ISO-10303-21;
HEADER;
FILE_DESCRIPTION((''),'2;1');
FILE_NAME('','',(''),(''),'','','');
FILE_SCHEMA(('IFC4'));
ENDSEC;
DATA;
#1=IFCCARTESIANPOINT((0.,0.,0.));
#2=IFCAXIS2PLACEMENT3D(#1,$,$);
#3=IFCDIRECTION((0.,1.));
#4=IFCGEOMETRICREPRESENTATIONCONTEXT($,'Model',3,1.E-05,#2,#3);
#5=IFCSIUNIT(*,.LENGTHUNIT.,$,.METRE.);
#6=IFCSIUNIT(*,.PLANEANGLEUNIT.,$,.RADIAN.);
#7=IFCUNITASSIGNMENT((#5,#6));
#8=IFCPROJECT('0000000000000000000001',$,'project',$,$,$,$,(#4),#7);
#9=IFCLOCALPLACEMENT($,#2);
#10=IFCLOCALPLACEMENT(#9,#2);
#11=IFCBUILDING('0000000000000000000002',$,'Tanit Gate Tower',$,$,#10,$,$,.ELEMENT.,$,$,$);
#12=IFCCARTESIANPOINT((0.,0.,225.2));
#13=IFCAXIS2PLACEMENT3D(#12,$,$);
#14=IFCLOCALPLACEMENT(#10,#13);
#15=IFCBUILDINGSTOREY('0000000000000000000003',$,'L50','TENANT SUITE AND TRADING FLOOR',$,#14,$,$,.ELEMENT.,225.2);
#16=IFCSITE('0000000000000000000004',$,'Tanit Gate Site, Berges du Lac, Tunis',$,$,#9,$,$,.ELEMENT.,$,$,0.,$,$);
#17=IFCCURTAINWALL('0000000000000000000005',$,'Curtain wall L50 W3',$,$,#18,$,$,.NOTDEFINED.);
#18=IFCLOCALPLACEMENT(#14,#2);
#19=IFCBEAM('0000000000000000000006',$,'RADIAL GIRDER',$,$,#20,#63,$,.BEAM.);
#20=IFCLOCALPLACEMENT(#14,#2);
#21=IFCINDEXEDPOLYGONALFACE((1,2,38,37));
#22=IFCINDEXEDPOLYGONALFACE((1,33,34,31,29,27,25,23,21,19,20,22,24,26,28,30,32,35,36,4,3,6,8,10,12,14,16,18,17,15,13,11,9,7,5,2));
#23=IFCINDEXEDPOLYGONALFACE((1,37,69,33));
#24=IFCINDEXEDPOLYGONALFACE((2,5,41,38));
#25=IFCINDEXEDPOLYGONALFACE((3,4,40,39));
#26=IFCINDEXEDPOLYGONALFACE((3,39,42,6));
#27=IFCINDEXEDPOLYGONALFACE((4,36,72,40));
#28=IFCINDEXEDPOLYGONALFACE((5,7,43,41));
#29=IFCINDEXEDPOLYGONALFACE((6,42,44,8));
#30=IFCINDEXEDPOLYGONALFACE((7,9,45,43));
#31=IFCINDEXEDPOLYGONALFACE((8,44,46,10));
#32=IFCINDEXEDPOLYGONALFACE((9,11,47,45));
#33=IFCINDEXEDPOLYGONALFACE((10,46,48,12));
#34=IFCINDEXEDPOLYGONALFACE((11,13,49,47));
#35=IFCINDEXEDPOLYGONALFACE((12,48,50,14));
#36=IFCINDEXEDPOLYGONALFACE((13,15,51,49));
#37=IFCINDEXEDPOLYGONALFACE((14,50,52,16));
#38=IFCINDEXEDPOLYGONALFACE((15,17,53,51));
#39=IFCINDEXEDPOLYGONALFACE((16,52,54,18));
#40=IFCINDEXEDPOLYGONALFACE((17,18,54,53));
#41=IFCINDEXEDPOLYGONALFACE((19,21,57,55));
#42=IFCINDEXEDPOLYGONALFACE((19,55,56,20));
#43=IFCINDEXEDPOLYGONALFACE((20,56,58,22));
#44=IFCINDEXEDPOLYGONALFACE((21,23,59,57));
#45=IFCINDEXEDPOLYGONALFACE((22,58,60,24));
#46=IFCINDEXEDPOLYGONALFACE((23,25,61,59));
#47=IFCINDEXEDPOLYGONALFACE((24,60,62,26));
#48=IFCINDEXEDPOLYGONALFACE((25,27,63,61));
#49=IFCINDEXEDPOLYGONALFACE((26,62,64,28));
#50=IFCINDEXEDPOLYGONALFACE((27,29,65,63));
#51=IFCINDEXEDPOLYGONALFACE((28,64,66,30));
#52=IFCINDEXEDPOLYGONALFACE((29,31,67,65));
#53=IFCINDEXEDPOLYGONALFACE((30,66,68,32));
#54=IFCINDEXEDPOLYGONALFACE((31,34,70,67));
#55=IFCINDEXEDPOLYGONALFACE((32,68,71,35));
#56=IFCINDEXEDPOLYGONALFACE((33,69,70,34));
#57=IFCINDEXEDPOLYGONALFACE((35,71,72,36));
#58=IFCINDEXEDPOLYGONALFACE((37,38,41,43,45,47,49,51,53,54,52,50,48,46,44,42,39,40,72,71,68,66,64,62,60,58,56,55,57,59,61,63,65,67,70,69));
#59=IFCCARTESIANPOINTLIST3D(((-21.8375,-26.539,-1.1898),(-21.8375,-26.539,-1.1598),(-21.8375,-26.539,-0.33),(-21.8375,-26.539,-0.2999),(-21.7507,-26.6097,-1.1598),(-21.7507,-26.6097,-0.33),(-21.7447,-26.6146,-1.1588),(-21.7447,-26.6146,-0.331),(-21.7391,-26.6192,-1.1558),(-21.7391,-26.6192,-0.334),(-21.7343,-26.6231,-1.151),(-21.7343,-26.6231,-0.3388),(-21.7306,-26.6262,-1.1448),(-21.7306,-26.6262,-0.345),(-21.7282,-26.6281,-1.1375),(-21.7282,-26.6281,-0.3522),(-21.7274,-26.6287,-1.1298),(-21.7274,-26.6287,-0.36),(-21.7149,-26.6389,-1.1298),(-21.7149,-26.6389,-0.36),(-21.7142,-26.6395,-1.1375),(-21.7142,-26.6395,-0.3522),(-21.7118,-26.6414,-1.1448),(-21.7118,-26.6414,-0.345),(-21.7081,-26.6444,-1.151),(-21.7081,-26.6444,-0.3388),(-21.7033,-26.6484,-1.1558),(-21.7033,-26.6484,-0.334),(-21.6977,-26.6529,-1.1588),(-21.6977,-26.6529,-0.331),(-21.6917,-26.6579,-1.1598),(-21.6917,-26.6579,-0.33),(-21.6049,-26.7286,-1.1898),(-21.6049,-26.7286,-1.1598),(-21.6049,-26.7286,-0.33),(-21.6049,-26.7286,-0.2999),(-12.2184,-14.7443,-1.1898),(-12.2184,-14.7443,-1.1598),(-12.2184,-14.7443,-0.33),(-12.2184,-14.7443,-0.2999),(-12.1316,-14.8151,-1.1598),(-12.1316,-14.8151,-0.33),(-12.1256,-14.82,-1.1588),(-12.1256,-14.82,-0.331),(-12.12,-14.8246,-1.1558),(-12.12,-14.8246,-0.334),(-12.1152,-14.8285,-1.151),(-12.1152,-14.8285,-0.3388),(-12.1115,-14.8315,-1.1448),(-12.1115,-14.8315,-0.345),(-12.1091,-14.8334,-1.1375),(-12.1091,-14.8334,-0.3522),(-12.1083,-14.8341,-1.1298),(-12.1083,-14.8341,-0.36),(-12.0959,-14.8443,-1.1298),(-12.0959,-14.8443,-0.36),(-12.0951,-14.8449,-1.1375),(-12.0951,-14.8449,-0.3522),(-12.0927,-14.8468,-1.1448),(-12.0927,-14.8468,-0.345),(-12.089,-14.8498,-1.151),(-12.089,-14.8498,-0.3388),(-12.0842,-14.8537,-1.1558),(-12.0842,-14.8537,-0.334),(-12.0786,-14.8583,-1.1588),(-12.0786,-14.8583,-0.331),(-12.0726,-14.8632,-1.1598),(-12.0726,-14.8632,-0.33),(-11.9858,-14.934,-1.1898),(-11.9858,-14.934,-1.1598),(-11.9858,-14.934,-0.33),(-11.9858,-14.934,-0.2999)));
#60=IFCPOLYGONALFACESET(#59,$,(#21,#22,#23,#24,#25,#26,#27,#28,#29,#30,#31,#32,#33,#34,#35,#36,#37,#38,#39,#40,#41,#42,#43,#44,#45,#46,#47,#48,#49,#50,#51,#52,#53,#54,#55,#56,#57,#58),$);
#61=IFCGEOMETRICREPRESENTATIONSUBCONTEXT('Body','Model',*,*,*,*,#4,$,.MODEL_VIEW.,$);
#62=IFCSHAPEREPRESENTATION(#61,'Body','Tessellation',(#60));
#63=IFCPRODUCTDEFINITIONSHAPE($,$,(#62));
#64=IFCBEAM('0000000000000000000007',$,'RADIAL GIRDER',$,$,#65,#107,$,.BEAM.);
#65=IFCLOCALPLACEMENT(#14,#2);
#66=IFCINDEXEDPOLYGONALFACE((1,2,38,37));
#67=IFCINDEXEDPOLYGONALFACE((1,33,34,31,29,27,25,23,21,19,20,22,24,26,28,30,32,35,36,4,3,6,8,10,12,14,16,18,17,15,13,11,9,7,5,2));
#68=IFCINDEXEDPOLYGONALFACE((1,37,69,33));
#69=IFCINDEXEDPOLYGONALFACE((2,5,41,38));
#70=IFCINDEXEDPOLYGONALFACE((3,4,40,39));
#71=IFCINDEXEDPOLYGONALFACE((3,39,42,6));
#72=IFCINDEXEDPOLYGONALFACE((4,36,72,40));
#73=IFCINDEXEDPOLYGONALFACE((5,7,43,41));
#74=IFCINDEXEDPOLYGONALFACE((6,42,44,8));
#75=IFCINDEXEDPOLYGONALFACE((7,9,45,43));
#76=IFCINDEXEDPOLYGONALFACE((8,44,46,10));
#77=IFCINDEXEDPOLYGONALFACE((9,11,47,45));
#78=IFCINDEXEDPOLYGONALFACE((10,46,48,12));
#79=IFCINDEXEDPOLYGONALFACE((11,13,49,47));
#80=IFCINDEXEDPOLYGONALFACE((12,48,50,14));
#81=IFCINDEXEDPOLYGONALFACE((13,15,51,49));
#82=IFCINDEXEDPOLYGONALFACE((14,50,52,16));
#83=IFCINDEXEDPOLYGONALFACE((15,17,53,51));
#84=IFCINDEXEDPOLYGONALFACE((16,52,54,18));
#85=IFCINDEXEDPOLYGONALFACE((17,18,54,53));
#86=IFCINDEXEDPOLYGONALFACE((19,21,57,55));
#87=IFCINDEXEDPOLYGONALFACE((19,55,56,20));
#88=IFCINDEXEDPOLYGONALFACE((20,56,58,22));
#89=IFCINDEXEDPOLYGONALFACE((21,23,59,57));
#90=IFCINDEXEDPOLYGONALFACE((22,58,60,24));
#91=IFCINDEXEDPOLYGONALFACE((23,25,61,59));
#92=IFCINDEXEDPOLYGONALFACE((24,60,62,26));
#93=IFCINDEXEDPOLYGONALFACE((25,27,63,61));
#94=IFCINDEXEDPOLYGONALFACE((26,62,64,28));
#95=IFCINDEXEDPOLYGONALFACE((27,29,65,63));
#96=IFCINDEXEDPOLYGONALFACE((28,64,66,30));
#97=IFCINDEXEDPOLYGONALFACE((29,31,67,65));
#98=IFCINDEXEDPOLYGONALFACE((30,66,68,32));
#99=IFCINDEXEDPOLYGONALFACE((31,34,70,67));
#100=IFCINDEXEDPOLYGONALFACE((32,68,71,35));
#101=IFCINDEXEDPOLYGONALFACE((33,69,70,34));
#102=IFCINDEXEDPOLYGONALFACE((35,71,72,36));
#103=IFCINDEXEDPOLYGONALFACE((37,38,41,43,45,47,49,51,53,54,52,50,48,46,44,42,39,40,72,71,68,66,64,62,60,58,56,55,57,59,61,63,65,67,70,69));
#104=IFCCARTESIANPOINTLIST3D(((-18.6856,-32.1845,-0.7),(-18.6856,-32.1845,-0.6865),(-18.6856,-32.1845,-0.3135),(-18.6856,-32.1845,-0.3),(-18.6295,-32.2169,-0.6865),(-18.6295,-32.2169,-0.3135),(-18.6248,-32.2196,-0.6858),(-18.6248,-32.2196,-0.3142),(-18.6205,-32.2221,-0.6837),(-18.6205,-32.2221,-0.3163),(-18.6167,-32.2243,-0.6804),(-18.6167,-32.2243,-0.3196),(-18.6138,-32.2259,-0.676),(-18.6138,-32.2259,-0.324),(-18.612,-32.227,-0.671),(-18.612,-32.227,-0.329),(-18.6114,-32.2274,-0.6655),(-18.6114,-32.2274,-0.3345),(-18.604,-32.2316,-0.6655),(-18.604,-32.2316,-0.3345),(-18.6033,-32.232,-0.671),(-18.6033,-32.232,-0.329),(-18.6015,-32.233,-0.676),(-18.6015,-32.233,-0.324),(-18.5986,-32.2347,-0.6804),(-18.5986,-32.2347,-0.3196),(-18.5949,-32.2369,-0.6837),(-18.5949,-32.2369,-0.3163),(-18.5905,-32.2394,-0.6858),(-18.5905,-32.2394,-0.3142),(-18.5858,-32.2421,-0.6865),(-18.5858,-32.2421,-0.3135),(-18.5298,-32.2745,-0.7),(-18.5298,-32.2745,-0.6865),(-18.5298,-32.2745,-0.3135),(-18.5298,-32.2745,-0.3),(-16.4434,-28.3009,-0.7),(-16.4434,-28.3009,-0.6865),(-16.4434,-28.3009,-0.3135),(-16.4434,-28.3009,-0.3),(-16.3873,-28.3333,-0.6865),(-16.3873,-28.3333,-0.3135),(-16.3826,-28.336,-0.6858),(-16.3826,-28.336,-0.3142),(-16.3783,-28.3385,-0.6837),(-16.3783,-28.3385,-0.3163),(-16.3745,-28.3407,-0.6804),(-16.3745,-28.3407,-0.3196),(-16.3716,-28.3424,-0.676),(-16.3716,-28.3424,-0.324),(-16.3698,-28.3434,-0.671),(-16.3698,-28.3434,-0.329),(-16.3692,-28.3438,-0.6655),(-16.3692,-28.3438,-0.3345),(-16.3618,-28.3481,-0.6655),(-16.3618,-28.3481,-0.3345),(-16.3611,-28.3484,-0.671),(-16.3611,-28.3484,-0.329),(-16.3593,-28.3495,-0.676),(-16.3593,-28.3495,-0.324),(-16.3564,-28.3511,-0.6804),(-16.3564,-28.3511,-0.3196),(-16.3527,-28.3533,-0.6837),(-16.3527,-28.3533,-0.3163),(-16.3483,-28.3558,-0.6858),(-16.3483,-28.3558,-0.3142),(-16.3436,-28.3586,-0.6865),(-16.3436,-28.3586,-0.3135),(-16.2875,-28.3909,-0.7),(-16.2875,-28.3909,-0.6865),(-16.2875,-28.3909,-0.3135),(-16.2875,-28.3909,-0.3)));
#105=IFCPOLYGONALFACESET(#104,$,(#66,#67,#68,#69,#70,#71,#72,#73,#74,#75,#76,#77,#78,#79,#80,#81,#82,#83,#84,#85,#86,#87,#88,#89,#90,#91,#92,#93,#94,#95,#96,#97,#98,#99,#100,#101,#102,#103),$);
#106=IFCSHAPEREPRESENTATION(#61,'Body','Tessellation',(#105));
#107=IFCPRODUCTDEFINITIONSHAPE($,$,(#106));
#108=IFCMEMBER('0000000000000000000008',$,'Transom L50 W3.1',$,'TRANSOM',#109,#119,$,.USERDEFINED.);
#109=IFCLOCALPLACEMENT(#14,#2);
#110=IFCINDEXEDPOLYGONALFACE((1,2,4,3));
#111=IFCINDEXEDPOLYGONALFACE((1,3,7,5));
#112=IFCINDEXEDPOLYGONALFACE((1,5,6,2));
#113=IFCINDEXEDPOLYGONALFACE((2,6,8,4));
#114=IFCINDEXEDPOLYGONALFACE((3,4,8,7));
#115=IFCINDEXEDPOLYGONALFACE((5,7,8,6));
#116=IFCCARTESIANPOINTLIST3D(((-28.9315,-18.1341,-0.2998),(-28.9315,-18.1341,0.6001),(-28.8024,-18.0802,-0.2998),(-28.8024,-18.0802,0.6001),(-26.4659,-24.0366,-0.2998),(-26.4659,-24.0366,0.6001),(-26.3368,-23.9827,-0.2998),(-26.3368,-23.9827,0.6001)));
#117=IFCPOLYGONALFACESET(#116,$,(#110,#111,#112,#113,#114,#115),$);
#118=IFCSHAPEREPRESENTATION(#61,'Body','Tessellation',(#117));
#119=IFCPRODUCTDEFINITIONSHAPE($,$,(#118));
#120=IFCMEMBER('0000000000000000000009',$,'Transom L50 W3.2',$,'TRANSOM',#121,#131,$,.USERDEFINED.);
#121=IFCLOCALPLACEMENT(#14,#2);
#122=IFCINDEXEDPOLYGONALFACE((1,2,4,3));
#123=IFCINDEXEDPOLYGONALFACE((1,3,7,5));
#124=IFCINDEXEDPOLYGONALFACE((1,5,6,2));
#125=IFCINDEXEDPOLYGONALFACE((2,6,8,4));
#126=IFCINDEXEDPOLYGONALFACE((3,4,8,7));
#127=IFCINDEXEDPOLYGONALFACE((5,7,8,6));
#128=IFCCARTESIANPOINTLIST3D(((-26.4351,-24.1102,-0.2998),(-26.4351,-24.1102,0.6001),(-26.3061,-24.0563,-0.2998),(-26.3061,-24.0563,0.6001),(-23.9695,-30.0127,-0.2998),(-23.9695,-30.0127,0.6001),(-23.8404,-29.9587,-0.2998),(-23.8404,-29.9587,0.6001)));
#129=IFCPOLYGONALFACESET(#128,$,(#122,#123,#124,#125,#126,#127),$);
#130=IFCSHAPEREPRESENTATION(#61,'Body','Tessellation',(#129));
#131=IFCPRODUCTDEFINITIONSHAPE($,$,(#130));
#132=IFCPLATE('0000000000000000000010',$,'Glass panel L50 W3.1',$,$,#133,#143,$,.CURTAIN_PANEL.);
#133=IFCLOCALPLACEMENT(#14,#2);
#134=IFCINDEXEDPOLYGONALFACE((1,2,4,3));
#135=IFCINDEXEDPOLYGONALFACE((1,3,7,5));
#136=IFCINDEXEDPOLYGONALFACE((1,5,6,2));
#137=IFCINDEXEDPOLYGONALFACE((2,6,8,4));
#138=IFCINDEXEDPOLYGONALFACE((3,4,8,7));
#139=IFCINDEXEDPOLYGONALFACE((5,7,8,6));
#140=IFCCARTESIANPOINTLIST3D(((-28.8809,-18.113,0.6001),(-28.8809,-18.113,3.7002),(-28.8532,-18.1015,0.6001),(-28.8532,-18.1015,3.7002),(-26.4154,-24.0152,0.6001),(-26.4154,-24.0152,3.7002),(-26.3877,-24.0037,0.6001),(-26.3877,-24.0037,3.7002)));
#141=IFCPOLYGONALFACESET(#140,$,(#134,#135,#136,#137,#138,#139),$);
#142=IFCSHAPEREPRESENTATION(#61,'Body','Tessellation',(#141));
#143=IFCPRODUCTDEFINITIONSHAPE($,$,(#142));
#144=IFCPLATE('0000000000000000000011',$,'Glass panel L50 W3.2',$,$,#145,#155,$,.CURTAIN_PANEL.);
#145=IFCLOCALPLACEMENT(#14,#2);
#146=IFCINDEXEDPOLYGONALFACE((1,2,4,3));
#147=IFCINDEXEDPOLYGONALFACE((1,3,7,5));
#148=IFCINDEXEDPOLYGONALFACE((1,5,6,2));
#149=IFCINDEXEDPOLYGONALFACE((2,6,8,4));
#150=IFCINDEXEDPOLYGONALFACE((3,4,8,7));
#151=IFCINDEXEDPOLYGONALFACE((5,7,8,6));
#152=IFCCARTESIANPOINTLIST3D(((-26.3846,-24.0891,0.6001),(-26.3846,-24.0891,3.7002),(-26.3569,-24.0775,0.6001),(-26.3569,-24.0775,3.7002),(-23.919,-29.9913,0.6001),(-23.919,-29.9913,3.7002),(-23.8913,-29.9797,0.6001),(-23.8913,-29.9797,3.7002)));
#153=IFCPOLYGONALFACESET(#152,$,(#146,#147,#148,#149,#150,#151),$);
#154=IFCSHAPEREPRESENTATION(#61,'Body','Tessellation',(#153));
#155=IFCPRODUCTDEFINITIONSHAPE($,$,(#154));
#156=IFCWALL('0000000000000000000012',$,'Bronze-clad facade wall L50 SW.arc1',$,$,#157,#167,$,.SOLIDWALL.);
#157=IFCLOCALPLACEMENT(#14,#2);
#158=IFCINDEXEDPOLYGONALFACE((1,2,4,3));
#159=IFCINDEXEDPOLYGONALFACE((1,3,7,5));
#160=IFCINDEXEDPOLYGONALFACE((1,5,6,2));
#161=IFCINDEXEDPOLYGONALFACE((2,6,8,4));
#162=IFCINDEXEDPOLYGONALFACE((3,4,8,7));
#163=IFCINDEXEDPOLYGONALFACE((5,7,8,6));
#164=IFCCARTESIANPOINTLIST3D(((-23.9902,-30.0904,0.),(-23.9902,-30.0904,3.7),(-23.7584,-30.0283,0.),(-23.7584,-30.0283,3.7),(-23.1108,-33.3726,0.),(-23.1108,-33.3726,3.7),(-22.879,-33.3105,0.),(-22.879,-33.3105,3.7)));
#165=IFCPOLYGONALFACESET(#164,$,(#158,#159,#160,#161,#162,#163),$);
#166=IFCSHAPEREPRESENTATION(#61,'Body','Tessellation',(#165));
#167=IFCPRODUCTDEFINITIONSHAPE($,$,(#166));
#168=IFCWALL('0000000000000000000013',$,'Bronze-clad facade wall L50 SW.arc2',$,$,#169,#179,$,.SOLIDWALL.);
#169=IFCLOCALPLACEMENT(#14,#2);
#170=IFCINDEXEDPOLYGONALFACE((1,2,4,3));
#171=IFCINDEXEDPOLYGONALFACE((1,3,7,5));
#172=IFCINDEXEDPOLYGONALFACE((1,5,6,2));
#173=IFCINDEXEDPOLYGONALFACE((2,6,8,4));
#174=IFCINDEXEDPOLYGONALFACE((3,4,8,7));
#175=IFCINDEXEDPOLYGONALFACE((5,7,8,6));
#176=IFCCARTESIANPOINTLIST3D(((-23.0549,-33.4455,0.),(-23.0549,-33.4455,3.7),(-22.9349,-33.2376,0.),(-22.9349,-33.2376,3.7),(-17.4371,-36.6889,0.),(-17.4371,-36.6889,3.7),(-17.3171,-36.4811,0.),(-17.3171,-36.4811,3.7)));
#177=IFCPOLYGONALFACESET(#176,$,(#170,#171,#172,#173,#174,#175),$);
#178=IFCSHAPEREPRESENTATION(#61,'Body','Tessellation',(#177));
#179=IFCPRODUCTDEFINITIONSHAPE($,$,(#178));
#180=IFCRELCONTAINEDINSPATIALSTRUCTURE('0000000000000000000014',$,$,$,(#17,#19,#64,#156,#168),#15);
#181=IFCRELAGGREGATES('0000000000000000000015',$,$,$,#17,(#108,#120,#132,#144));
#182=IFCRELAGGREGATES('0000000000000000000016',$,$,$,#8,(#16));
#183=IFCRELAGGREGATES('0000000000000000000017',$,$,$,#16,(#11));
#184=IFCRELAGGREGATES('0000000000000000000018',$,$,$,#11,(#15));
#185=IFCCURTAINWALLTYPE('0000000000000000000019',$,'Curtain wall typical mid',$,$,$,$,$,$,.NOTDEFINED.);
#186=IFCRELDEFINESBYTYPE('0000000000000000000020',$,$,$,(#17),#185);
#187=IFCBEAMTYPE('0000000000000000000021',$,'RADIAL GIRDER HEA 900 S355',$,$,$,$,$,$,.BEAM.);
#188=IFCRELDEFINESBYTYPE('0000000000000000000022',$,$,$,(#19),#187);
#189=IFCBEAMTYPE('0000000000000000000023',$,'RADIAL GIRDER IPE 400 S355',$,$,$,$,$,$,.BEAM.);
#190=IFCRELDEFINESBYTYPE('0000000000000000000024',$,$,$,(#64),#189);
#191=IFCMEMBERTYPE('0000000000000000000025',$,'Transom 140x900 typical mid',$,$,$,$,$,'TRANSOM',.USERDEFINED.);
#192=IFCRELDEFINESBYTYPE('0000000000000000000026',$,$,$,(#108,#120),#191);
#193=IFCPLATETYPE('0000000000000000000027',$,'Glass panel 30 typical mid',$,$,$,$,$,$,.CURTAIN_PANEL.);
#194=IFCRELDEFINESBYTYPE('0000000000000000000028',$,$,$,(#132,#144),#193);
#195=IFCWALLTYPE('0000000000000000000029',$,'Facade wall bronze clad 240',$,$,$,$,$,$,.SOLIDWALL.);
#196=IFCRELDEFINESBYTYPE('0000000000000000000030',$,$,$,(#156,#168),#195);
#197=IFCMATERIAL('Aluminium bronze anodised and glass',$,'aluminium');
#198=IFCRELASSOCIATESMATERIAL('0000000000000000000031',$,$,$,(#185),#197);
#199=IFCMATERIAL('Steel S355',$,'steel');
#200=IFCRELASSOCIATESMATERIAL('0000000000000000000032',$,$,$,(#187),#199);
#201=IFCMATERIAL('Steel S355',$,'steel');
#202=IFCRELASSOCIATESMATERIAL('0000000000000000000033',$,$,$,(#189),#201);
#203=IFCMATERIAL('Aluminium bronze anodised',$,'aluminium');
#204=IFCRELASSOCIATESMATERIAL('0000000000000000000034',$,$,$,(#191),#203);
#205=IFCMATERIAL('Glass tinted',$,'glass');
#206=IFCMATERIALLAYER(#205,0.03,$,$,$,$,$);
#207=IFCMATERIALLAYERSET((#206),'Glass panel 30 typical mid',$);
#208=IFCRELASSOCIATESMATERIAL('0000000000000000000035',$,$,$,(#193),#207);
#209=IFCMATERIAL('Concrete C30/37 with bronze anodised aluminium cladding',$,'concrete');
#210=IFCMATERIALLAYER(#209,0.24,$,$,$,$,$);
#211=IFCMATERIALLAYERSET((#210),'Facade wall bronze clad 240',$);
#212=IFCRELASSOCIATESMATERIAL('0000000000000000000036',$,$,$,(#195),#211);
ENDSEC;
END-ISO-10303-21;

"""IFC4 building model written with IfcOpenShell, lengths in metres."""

from ifc_helpers import new_model, si_unit, direction, frame, frame_2d, origin, origin_2d, place, context, subcontext, project, spatial, rectangle, i_section, extrude, material, layer, layer_set, material_profile, profile_set, type_object, element, aggregate, save


model = new_model("IFC4")

# Units and contexts
model_context = context("Model", 3, precision=1e-05, world=origin(), true_north=direction((0.0, 1.0)))
body_context = subcontext(model_context, "Body", "Model", "MODEL_VIEW")
ifc_project = project(units=[si_unit("LENGTHUNIT", "METRE"), si_unit("PLANEANGLEUNIT", "RADIAN")], contexts=[model_context])

# Site, building, storey
site_placement = place(None, origin())
site = spatial("IfcSite", under=ifc_project, at=site_placement, Name="Tanit Gate Site, Berges du Lac, Tunis", CompositionType="ELEMENT", RefElevation=0.0)
building_placement = place(site_placement, origin())
building = spatial("IfcBuilding", under=site, at=building_placement, Name="Tanit Gate Tower", CompositionType="ELEMENT")
storey_placement = place(building_placement, frame((0.0, 0.0, 225.2)))
storey = spatial("IfcBuildingStorey", under=building, at=storey_placement, Name="L50", Description="TENANT SUITE AND TRADING FLOOR", CompositionType="ELEMENT", Elevation=225.2)

# Curtain wall
ifc_material_1 = material(Name="Aluminium bronze anodised and glass", Category="aluminium")
curtain_wall_type = type_object("IfcCurtainWallType", Name="Curtain wall typical mid", PredefinedType="NOTDEFINED", material=ifc_material_1)
curtain_wall_1_placement = place(storey_placement, origin())
curtain_wall_1 = element("IfcCurtainWall", 1, at=curtain_wall_1_placement, inside=storey, type_object=curtain_wall_type, Name="Curtain wall L50 W3", PredefinedType="NOTDEFINED")

# Beams
ifc_material_2 = material(Name="Steel S355", Category="steel")
ifc_material_profile_1 = material_profile(ifc_material_2, i_section(OverallWidth=0.3, OverallDepth=0.8899, WebThickness=0.0161, FlangeThickness=0.03, FilletRadius=0.03, at=origin_2d()), Name="HEA 900")
ifc_profile_set_1 = profile_set([ifc_material_profile_1], Name="Steel S355")
beam_type_1 = type_object("IfcBeamType", Name="RADIAL GIRDER HEA 900 S355", PredefinedType="BEAM", material=ifc_profile_set_1)
beam_1_placement = place(storey_placement, frame((-21.7212, -26.6338, -0.7449), z_axis=(0.632015, 0.774956, 0.0), x_axis=(-0.774956, 0.632015, 0.0)))
element("IfcBeam", 2, at=beam_1_placement, inside=storey, type_object=beam_type_1, Name="RADIAL GIRDER", PredefinedType="BEAM", context=body_context, shape_type="SweptSolid", body=[
    extrude(i_section(OverallWidth=0.3, OverallDepth=0.8899, WebThickness=0.0161, FlangeThickness=0.03, FilletRadius=0.03, at=origin_2d()), origin(), (0.0, 0.0, 1.0), 15.2197),
])
ifc_material_3 = material(Name="Steel S355", Category="steel")
ifc_material_profile_2 = material_profile(ifc_material_3, i_section(OverallWidth=0.1799, OverallDepth=0.3999, WebThickness=0.0085, FlangeThickness=0.0134, FilletRadius=0.021, at=origin_2d()), Name="IPE 400")
ifc_profile_set_2 = profile_set([ifc_material_profile_2], Name="Steel S355")
beam_type_2 = type_object("IfcBeamType", Name="RADIAL GIRDER IPE 400 S355", PredefinedType="BEAM", material=ifc_profile_set_2)
beam_2_placement = place(storey_placement, frame((-18.6077, -32.2295, -0.5), z_axis=(0.500004, 0.866023, 0.0), x_axis=(-0.866023, 0.500004, 0.0)))
element("IfcBeam", 3, at=beam_2_placement, inside=storey, type_object=beam_type_2, Name="RADIAL GIRDER", PredefinedType="BEAM", context=body_context, shape_type="SweptSolid", body=[
    extrude(i_section(OverallWidth=0.1799, OverallDepth=0.3999, WebThickness=0.0085, FlangeThickness=0.0134, FilletRadius=0.021, at=origin_2d()), origin(), (0.0, 0.0, 1.0), 4.4844),
])

# Members
ifc_material_4 = material(Name="Aluminium bronze anodised", Category="aluminium")
ifc_material_profile_3 = material_profile(ifc_material_4, rectangle(XDim=0.1399, YDim=0.8999, at=origin_2d()), Name="140x900 bronze transom")
ifc_profile_set_3 = profile_set([ifc_material_profile_3], Name="Aluminium bronze anodised")
member_type_1 = type_object("IfcMemberType", Name="Transom 140x900 typical mid", ElementType="TRANSOM", PredefinedType="USERDEFINED", material=ifc_profile_set_3)
member_1_placement = place(storey_placement, frame((-28.8669, -18.1072, 0.1501), z_axis=(0.38545, -0.922729, 0.0), x_axis=(0.922729, 0.38545, 0.0)))
member_1 = element("IfcMember", 4, at=member_1_placement, type_object=member_type_1, Name="Transom L50 W3.1", ObjectType="TRANSOM", PredefinedType="USERDEFINED", context=body_context, shape_type="SweptSolid", body=[
    extrude(rectangle(XDim=0.1399, YDim=0.8999, at=origin_2d()), origin(), (0.0, 0.0, 1.0), 6.3967),
])
member_2_placement = place(storey_placement, frame((-26.3706, -24.0833, 0.1501), z_axis=(0.38545, -0.922729, 0.0), x_axis=(0.922729, 0.38545, 0.0)))
member_2 = element("IfcMember", 5, at=member_2_placement, type_object=member_type_1, Name="Transom L50 W3.2", ObjectType="TRANSOM", PredefinedType="USERDEFINED", context=body_context, shape_type="SweptSolid", body=[
    extrude(rectangle(XDim=0.1399, YDim=0.8999, at=origin_2d()), origin(), (0.0, 0.0, 1.0), 6.3967),
])

# Plates
ifc_material_5 = material(Name="Glass tinted", Category="glass")
ifc_layer_1 = layer(ifc_material_5, 0.03)
ifc_layer_set_1 = layer_set([ifc_layer_1], Name="Glass panel 30 typical mid")
plate_type = type_object("IfcPlateType", Name="Glass panel 30 typical mid", PredefinedType="CURTAIN_PANEL", material=ifc_layer_set_1)
plate_1_placement = place(storey_placement, frame((-27.6343, -21.0583, 0.6001), z_axis=(0.0, 0.0, 1.0), x_axis=(0.385451, -0.922728, 0.0)))
plate_1 = element("IfcPlate", 6, at=plate_1_placement, type_object=plate_type, Name="Glass panel L50 W3.1", PredefinedType="CURTAIN_PANEL", context=body_context, shape_type="SweptSolid", body=[
    extrude(rectangle(XDim=6.3965, YDim=0.03, at=origin_2d()), origin(), (0.0, 0.0, 1.0), 3.1001),
])
plate_2_placement = place(storey_placement, frame((-25.1379, -27.0344, 0.6001), z_axis=(0.0, 0.0, 1.0), x_axis=(0.385451, -0.922728, 0.0)))
plate_2 = element("IfcPlate", 7, at=plate_2_placement, type_object=plate_type, Name="Glass panel L50 W3.2", PredefinedType="CURTAIN_PANEL", context=body_context, shape_type="SweptSolid", body=[
    extrude(rectangle(XDim=6.3965, YDim=0.03, at=origin_2d()), origin(), (0.0, 0.0, 1.0), 3.1001),
])
aggregate(curtain_wall_1, [member_1, member_2, plate_1, plate_2])

# Walls
ifc_material_6 = material(Name="Concrete C30/37 with bronze anodised aluminium cladding", Category="concrete")
ifc_layer_2 = layer(ifc_material_6, 0.24)
ifc_layer_set_2 = layer_set([ifc_layer_2], Name="Facade wall bronze clad 240")
wall_type_1 = type_object("IfcWallType", Name="Facade wall bronze clad 240", PredefinedType="SOLIDWALL", material=ifc_layer_set_2)
wall_1_placement = place(storey_placement, frame((-23.8743, -30.0593, 0.0), z_axis=(0.0, 0.0, 1.0), x_axis=(0.258798, -0.965931, 0.0)))
element("IfcWall", 8, at=wall_1_placement, inside=storey, type_object=wall_type_1, Name="Bronze-clad facade wall L50 SW.arc1", PredefinedType="SOLIDWALL", context=body_context, shape_type="SweptSolid", body=[
    extrude(rectangle(XDim=3.3979, YDim=0.24, at=frame_2d((1.699, 0.0))), origin(), (0.0, 0.0, 1.0), 3.7),
])
wall_2_placement = place(storey_placement, frame((-22.9949, -33.3416, 0.0), z_axis=(0.0, 0.0, 1.0), x_axis=(0.866023, -0.500005, 0.0)))
element("IfcWall", 9, at=wall_2_placement, inside=storey, type_object=wall_type_1, Name="Bronze-clad facade wall L50 SW.arc2", PredefinedType="SOLIDWALL", context=body_context, shape_type="SweptSolid", body=[
    extrude(rectangle(XDim=6.4868, YDim=0.24, at=frame_2d((3.2434, 0.0))), origin(), (0.0, 0.0, 1.0), 3.7),
])

save(model, "model.ifc")
